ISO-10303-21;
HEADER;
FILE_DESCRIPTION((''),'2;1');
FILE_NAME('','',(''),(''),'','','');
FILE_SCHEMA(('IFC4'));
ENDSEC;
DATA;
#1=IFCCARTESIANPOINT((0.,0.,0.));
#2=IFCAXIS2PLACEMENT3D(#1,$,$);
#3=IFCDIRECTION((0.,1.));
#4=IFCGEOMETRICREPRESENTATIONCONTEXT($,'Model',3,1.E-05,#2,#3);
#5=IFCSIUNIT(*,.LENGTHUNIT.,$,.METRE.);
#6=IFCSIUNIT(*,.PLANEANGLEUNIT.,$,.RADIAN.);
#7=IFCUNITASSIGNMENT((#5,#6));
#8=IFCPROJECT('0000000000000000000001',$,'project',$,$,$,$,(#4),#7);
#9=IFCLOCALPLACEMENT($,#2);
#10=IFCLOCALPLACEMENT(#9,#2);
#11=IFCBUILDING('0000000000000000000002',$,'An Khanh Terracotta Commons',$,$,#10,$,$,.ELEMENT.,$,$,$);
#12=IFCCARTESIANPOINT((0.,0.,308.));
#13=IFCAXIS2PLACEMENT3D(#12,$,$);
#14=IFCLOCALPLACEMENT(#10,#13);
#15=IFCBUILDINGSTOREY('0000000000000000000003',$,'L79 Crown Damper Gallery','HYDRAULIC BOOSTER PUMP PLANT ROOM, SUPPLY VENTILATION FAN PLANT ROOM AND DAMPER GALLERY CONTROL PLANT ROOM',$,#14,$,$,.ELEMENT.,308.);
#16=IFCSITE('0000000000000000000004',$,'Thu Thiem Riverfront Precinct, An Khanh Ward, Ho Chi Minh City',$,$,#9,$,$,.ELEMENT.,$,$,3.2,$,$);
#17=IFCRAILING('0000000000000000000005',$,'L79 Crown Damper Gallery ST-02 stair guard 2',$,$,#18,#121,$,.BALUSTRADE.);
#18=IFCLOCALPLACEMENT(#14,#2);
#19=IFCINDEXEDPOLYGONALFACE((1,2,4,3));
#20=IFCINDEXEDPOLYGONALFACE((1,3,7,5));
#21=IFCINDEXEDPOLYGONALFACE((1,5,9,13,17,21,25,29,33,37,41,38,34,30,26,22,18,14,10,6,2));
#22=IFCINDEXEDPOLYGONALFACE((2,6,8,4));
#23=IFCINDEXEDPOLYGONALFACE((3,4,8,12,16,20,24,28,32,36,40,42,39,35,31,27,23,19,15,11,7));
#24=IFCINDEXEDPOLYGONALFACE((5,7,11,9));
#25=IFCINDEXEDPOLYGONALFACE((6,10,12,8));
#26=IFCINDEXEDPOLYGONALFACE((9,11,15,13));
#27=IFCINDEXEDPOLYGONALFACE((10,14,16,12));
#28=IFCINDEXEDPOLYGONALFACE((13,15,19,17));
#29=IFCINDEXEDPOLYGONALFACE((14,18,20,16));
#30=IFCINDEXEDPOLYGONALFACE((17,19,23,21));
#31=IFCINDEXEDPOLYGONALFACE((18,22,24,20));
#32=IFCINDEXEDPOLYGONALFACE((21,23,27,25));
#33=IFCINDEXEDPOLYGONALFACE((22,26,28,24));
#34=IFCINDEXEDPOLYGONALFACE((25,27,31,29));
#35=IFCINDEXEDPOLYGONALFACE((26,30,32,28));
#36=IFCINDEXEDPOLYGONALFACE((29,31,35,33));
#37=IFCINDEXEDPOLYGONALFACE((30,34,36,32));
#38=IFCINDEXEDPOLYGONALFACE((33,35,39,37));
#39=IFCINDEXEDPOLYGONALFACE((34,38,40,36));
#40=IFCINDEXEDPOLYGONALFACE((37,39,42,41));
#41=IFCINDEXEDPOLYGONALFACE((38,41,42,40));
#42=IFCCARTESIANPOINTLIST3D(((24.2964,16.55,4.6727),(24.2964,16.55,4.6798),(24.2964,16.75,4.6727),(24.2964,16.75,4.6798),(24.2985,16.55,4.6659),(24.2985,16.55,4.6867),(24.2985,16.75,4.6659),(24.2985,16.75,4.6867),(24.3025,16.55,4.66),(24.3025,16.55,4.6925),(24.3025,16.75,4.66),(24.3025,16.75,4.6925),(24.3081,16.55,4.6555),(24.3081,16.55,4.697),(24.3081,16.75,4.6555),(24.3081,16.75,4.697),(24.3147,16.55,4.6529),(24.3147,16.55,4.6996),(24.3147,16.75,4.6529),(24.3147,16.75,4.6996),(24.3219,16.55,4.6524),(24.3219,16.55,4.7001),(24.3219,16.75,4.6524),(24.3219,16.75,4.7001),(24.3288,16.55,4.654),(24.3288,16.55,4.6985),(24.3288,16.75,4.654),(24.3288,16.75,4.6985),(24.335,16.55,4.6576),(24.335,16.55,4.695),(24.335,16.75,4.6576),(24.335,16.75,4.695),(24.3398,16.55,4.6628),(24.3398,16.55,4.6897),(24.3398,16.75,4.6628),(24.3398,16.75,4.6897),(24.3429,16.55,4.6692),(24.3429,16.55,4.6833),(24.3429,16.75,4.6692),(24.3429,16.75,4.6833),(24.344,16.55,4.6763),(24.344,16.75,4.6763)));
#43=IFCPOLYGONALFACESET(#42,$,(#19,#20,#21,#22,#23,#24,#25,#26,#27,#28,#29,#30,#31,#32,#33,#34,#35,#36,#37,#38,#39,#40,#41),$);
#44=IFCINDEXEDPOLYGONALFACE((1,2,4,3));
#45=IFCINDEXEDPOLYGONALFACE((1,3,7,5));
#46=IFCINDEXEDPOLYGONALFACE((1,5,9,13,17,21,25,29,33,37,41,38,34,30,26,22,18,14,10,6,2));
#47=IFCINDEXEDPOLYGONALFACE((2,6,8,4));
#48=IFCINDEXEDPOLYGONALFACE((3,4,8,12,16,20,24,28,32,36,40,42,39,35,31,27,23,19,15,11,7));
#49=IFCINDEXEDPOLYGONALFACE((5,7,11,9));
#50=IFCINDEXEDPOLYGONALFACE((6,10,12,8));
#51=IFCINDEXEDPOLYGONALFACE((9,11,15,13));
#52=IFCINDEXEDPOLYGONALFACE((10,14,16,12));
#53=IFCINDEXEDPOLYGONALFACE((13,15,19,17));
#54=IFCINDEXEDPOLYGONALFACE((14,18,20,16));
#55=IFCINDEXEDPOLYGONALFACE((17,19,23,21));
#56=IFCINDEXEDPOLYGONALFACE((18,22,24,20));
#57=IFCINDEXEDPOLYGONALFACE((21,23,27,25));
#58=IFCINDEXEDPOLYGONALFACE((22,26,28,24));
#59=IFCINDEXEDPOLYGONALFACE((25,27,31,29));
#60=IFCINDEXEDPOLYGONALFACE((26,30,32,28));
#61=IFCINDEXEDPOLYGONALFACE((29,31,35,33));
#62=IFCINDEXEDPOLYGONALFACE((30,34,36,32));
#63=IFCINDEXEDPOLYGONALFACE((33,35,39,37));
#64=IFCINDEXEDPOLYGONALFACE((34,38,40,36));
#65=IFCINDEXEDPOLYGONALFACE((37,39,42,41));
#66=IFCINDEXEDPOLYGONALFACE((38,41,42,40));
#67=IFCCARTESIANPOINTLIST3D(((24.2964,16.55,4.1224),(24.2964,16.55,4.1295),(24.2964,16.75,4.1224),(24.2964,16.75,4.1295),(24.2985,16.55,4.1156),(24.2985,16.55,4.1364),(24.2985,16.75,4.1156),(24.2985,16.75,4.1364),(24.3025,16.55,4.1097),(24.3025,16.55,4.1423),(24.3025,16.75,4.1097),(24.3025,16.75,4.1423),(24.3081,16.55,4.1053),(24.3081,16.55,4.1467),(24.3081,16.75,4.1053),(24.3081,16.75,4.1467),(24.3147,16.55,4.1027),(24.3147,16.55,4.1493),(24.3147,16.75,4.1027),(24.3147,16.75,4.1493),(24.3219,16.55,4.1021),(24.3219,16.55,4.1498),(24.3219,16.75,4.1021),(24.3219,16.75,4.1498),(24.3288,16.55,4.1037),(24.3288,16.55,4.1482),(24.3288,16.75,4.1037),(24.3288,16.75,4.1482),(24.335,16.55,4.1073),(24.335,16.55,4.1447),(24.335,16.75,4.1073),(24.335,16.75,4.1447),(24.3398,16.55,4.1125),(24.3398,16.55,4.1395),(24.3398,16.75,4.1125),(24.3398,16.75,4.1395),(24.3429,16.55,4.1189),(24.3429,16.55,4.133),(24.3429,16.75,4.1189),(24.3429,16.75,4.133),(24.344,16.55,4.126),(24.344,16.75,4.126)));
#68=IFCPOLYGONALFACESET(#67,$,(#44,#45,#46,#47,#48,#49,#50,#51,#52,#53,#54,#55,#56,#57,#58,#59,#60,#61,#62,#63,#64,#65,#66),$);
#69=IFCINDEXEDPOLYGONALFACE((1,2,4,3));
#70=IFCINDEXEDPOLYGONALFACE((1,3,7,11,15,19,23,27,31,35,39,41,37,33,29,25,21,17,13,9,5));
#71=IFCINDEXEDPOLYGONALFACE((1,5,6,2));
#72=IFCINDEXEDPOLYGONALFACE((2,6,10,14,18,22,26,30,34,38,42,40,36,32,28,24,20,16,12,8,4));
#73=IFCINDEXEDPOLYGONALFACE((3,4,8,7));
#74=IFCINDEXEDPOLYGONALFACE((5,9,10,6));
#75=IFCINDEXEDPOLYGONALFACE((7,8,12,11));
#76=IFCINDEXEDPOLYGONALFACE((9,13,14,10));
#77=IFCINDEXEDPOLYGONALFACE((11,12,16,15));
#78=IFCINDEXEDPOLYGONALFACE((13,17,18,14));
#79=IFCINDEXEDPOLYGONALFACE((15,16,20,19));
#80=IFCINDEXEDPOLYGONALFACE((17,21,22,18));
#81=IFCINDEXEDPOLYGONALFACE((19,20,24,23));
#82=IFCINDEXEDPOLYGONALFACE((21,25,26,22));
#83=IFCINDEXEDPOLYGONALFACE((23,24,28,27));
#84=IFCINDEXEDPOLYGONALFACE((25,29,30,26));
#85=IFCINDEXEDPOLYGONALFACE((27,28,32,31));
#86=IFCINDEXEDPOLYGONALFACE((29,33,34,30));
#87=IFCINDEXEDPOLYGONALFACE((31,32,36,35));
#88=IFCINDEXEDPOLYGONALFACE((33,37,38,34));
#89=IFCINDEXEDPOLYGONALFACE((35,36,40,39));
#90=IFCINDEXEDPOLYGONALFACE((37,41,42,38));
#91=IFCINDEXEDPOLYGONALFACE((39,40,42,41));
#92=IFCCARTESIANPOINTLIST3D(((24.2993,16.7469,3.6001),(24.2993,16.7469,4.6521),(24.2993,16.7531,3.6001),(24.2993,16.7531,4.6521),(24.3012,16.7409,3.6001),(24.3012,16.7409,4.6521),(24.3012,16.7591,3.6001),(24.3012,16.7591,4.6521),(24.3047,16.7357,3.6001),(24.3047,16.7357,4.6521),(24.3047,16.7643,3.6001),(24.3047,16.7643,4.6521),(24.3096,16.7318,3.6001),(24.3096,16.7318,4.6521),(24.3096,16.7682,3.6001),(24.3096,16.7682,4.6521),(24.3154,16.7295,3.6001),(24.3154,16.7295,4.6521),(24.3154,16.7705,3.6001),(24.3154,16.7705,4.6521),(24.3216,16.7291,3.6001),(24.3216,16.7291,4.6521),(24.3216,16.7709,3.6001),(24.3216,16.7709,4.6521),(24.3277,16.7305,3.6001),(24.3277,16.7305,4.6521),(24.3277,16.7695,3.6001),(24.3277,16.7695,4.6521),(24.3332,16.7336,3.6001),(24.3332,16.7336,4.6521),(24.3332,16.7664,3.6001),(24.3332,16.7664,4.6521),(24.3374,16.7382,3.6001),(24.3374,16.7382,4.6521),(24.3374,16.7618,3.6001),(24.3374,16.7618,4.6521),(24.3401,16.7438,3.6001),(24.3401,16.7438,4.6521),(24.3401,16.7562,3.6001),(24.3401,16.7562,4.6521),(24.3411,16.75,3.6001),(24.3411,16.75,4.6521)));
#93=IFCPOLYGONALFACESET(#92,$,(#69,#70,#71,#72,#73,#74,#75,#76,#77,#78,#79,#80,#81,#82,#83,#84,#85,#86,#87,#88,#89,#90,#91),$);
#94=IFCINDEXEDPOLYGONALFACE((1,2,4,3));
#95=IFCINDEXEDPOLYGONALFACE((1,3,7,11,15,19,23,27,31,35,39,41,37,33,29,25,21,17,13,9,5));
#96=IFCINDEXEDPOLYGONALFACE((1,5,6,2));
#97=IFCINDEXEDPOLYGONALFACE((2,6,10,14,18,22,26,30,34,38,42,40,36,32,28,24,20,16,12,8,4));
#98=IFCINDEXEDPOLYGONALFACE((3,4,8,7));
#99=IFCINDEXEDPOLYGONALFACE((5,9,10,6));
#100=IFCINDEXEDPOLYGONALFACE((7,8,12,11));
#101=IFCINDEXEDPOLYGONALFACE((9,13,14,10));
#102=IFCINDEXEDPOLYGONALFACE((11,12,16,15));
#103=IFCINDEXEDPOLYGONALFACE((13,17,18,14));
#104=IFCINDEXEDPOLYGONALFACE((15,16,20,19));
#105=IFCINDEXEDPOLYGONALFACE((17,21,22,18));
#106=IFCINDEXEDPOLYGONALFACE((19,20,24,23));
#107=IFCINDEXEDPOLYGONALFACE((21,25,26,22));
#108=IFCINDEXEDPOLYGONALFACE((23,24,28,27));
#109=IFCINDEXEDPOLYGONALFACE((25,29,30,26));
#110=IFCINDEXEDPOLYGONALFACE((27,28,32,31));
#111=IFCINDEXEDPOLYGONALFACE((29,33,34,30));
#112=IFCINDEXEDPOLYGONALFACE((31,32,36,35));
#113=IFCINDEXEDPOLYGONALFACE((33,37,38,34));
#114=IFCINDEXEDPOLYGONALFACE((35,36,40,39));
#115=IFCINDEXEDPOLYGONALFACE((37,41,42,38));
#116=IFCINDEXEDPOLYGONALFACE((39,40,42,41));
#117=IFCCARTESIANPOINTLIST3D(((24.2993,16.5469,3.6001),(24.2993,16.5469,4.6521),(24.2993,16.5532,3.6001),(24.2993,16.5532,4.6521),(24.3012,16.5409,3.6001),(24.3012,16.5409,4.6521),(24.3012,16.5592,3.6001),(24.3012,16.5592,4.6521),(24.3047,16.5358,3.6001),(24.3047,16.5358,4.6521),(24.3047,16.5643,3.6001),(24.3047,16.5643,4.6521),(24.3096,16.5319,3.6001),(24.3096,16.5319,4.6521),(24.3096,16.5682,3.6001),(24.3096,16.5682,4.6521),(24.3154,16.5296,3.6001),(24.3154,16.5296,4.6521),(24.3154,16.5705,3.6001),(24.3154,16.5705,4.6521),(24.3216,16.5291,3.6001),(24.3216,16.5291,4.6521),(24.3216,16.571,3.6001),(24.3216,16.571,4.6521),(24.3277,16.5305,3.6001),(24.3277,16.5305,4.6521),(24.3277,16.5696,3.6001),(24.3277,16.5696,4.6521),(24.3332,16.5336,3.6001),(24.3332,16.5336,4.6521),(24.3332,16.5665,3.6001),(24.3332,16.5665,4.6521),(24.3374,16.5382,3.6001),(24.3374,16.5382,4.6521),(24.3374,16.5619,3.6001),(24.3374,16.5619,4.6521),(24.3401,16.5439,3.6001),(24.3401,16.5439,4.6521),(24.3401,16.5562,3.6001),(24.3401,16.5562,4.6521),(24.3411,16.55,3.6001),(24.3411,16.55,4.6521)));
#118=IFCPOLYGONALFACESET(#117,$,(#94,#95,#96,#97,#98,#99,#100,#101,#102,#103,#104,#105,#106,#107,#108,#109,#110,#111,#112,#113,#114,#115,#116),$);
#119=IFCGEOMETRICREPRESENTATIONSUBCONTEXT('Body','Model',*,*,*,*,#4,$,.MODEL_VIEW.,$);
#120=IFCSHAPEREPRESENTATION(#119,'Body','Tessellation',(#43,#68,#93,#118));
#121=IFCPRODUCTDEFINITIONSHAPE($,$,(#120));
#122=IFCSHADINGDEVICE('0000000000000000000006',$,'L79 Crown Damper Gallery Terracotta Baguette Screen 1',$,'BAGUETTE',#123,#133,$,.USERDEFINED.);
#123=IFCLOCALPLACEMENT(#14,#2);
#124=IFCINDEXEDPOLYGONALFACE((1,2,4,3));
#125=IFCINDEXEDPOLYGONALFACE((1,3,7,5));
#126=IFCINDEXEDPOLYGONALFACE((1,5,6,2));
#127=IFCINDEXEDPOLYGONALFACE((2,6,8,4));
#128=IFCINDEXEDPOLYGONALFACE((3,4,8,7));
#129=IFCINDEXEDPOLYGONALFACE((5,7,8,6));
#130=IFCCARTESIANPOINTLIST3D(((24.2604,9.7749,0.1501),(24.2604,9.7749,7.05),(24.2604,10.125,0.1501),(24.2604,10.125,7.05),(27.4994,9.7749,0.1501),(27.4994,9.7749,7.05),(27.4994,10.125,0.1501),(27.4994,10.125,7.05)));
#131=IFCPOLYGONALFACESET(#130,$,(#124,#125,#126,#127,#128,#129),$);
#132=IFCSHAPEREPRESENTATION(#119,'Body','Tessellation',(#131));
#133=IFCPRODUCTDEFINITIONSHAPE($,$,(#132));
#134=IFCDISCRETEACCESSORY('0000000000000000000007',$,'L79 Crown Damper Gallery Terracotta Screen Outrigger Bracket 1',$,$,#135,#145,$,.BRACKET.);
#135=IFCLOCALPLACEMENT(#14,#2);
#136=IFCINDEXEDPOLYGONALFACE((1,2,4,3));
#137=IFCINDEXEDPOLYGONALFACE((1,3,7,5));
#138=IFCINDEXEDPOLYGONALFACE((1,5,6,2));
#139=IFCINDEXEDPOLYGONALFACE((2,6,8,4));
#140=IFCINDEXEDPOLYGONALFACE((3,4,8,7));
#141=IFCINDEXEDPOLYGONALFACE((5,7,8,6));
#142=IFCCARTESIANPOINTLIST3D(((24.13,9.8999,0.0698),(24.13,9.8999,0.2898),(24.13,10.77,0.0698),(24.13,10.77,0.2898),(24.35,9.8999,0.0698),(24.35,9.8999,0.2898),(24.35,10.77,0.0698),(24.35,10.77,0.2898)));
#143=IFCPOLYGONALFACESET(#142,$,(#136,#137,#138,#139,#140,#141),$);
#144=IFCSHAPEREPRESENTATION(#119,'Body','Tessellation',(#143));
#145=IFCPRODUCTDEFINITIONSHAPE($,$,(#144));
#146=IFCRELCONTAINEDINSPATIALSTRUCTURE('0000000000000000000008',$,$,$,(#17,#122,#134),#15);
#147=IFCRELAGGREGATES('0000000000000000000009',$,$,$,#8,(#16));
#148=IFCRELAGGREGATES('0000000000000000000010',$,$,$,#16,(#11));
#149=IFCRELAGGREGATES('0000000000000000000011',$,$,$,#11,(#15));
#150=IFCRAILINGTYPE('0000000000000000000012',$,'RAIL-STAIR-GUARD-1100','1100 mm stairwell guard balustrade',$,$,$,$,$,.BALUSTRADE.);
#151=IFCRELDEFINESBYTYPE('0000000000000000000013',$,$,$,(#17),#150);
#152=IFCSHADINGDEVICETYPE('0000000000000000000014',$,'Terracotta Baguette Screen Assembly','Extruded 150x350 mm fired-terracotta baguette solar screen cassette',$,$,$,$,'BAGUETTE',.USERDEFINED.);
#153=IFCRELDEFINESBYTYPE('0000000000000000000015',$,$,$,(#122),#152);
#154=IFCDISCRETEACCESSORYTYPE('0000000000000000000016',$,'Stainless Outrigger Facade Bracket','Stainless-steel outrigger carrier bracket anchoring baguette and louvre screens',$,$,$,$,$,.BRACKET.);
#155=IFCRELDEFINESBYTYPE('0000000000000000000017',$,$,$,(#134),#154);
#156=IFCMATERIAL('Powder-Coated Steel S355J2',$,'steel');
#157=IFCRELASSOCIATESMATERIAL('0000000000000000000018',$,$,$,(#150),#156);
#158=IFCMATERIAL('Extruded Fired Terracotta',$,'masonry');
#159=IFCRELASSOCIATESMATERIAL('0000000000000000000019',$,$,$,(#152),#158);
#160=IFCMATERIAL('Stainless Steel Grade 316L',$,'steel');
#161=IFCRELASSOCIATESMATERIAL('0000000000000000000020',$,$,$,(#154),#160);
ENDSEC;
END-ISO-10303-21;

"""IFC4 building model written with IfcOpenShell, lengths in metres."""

from ifc_helpers import new_model, si_unit, direction, frame, origin, origin_2d, place, context, subcontext, project, spatial, rectangle, circle, extrude, material, type_object, element, save


model = new_model("IFC4")

# Units and contexts
model_context = context("Model", 3, precision=1e-05, world=origin(), true_north=direction((0.0, 1.0)))
body_context = subcontext(model_context, "Body", "Model", "MODEL_VIEW")
ifc_project = project(units=[si_unit("LENGTHUNIT", "METRE"), si_unit("PLANEANGLEUNIT", "RADIAN")], contexts=[model_context])

# Site, building, storey
site_placement = place(None, origin())
site = spatial("IfcSite", under=ifc_project, at=site_placement, Name="Thu Thiem Riverfront Precinct, An Khanh Ward, Ho Chi Minh City", CompositionType="ELEMENT", RefElevation=3.2)
building_placement = place(site_placement, origin())
building = spatial("IfcBuilding", under=site, at=building_placement, Name="An Khanh Terracotta Commons", CompositionType="ELEMENT")
storey_placement = place(building_placement, frame((0.0, 0.0, 308.0)))
storey = spatial("IfcBuildingStorey", under=building, at=storey_placement, Name="L79 Crown Damper Gallery", Description="HYDRAULIC BOOSTER PUMP PLANT ROOM, SUPPLY VENTILATION FAN PLANT ROOM AND DAMPER GALLERY CONTROL PLANT ROOM", CompositionType="ELEMENT", Elevation=308.0)

# Railing
ifc_material_1 = material(Name="Powder-Coated Steel S355J2", Category="steel")
railing_type_1 = type_object("IfcRailingType", Name="RAIL-STAIR-GUARD-1100", Description="1100 mm stairwell guard balustrade", PredefinedType="BALUSTRADE", material=ifc_material_1)
railing_1_placement = place(storey_placement, frame((24.3201, 16.75, 3.6001)))
element("IfcRailing", 1, at=railing_1_placement, inside=storey, type_object=railing_type_1, Name="L79 Crown Damper Gallery ST-02 stair guard 2", PredefinedType="BALUSTRADE", context=body_context, shape_type="SweptSolid", body=[
    extrude(circle(Radius=0.0239, at=origin_2d()), frame((0.0, 0.0, 1.0762), z_axis=(0.0, -1.0, 0.0), x_axis=(1.0, 0.0, 0.0)), (0.0, 0.0, 1.0), 0.2),
    extrude(circle(Radius=0.0239, at=origin_2d()), frame((0.0, 0.0, 0.5259), z_axis=(0.0, -1.0, 0.0), x_axis=(1.0, 0.0, 0.0)), (0.0, 0.0, 1.0), 0.2),
    extrude(circle(Radius=0.021, at=origin_2d()), origin(), (0.0, 0.0, 1.0), 1.052),
    extrude(circle(Radius=0.021, at=origin_2d()), frame((0.0, -0.2, 0.0)), (0.0, 0.0, 1.0), 1.052),
])

# Shading device
ifc_material_2 = material(Name="Extruded Fired Terracotta", Category="masonry")
shading_device_type = type_object("IfcShadingDeviceType", Name="Terracotta Baguette Screen Assembly", Description="Extruded 150x350 mm fired-terracotta baguette solar screen cassette", ElementType="BAGUETTE", PredefinedType="USERDEFINED", material=ifc_material_2)
shading_device_placement = place(storey_placement, frame((25.8799, 9.95, 0.1501), z_axis=(0.0, 0.0, 1.0), x_axis=(1.0, 0.0, 0.0)))
element("IfcShadingDevice", 2, at=shading_device_placement, inside=storey, type_object=shading_device_type, Name="L79 Crown Damper Gallery Terracotta Baguette Screen 1", ObjectType="BAGUETTE", PredefinedType="USERDEFINED", context=body_context, shape_type="SweptSolid", body=[
    extrude(rectangle(XDim=3.239, YDim=0.3501, at=origin_2d()), origin(), (0.0, 0.0, 1.0), 6.8999),
])

# Discrete accessory
ifc_material_3 = material(Name="Stainless Steel Grade 316L", Category="steel")
discrete_accessory_type = type_object("IfcDiscreteAccessoryType", Name="Stainless Outrigger Facade Bracket", Description="Stainless-steel outrigger carrier bracket anchoring baguette and louvre screens", PredefinedType="BRACKET", material=ifc_material_3)
discrete_accessory_placement = place(storey_placement, frame((24.24, 10.335, 0.0698), z_axis=(0.0, 0.0, 1.0), x_axis=(1.0, 0.0, 0.0)))
element("IfcDiscreteAccessory", 3, at=discrete_accessory_placement, inside=storey, type_object=discrete_accessory_type, Name="L79 Crown Damper Gallery Terracotta Screen Outrigger Bracket 1", PredefinedType="BRACKET", context=body_context, shape_type="SweptSolid", body=[
    extrude(rectangle(XDim=0.22, YDim=0.8701, at=origin_2d()), origin(), (0.0, 0.0, 1.0), 0.22),
])

save(model, "model.ifc")
